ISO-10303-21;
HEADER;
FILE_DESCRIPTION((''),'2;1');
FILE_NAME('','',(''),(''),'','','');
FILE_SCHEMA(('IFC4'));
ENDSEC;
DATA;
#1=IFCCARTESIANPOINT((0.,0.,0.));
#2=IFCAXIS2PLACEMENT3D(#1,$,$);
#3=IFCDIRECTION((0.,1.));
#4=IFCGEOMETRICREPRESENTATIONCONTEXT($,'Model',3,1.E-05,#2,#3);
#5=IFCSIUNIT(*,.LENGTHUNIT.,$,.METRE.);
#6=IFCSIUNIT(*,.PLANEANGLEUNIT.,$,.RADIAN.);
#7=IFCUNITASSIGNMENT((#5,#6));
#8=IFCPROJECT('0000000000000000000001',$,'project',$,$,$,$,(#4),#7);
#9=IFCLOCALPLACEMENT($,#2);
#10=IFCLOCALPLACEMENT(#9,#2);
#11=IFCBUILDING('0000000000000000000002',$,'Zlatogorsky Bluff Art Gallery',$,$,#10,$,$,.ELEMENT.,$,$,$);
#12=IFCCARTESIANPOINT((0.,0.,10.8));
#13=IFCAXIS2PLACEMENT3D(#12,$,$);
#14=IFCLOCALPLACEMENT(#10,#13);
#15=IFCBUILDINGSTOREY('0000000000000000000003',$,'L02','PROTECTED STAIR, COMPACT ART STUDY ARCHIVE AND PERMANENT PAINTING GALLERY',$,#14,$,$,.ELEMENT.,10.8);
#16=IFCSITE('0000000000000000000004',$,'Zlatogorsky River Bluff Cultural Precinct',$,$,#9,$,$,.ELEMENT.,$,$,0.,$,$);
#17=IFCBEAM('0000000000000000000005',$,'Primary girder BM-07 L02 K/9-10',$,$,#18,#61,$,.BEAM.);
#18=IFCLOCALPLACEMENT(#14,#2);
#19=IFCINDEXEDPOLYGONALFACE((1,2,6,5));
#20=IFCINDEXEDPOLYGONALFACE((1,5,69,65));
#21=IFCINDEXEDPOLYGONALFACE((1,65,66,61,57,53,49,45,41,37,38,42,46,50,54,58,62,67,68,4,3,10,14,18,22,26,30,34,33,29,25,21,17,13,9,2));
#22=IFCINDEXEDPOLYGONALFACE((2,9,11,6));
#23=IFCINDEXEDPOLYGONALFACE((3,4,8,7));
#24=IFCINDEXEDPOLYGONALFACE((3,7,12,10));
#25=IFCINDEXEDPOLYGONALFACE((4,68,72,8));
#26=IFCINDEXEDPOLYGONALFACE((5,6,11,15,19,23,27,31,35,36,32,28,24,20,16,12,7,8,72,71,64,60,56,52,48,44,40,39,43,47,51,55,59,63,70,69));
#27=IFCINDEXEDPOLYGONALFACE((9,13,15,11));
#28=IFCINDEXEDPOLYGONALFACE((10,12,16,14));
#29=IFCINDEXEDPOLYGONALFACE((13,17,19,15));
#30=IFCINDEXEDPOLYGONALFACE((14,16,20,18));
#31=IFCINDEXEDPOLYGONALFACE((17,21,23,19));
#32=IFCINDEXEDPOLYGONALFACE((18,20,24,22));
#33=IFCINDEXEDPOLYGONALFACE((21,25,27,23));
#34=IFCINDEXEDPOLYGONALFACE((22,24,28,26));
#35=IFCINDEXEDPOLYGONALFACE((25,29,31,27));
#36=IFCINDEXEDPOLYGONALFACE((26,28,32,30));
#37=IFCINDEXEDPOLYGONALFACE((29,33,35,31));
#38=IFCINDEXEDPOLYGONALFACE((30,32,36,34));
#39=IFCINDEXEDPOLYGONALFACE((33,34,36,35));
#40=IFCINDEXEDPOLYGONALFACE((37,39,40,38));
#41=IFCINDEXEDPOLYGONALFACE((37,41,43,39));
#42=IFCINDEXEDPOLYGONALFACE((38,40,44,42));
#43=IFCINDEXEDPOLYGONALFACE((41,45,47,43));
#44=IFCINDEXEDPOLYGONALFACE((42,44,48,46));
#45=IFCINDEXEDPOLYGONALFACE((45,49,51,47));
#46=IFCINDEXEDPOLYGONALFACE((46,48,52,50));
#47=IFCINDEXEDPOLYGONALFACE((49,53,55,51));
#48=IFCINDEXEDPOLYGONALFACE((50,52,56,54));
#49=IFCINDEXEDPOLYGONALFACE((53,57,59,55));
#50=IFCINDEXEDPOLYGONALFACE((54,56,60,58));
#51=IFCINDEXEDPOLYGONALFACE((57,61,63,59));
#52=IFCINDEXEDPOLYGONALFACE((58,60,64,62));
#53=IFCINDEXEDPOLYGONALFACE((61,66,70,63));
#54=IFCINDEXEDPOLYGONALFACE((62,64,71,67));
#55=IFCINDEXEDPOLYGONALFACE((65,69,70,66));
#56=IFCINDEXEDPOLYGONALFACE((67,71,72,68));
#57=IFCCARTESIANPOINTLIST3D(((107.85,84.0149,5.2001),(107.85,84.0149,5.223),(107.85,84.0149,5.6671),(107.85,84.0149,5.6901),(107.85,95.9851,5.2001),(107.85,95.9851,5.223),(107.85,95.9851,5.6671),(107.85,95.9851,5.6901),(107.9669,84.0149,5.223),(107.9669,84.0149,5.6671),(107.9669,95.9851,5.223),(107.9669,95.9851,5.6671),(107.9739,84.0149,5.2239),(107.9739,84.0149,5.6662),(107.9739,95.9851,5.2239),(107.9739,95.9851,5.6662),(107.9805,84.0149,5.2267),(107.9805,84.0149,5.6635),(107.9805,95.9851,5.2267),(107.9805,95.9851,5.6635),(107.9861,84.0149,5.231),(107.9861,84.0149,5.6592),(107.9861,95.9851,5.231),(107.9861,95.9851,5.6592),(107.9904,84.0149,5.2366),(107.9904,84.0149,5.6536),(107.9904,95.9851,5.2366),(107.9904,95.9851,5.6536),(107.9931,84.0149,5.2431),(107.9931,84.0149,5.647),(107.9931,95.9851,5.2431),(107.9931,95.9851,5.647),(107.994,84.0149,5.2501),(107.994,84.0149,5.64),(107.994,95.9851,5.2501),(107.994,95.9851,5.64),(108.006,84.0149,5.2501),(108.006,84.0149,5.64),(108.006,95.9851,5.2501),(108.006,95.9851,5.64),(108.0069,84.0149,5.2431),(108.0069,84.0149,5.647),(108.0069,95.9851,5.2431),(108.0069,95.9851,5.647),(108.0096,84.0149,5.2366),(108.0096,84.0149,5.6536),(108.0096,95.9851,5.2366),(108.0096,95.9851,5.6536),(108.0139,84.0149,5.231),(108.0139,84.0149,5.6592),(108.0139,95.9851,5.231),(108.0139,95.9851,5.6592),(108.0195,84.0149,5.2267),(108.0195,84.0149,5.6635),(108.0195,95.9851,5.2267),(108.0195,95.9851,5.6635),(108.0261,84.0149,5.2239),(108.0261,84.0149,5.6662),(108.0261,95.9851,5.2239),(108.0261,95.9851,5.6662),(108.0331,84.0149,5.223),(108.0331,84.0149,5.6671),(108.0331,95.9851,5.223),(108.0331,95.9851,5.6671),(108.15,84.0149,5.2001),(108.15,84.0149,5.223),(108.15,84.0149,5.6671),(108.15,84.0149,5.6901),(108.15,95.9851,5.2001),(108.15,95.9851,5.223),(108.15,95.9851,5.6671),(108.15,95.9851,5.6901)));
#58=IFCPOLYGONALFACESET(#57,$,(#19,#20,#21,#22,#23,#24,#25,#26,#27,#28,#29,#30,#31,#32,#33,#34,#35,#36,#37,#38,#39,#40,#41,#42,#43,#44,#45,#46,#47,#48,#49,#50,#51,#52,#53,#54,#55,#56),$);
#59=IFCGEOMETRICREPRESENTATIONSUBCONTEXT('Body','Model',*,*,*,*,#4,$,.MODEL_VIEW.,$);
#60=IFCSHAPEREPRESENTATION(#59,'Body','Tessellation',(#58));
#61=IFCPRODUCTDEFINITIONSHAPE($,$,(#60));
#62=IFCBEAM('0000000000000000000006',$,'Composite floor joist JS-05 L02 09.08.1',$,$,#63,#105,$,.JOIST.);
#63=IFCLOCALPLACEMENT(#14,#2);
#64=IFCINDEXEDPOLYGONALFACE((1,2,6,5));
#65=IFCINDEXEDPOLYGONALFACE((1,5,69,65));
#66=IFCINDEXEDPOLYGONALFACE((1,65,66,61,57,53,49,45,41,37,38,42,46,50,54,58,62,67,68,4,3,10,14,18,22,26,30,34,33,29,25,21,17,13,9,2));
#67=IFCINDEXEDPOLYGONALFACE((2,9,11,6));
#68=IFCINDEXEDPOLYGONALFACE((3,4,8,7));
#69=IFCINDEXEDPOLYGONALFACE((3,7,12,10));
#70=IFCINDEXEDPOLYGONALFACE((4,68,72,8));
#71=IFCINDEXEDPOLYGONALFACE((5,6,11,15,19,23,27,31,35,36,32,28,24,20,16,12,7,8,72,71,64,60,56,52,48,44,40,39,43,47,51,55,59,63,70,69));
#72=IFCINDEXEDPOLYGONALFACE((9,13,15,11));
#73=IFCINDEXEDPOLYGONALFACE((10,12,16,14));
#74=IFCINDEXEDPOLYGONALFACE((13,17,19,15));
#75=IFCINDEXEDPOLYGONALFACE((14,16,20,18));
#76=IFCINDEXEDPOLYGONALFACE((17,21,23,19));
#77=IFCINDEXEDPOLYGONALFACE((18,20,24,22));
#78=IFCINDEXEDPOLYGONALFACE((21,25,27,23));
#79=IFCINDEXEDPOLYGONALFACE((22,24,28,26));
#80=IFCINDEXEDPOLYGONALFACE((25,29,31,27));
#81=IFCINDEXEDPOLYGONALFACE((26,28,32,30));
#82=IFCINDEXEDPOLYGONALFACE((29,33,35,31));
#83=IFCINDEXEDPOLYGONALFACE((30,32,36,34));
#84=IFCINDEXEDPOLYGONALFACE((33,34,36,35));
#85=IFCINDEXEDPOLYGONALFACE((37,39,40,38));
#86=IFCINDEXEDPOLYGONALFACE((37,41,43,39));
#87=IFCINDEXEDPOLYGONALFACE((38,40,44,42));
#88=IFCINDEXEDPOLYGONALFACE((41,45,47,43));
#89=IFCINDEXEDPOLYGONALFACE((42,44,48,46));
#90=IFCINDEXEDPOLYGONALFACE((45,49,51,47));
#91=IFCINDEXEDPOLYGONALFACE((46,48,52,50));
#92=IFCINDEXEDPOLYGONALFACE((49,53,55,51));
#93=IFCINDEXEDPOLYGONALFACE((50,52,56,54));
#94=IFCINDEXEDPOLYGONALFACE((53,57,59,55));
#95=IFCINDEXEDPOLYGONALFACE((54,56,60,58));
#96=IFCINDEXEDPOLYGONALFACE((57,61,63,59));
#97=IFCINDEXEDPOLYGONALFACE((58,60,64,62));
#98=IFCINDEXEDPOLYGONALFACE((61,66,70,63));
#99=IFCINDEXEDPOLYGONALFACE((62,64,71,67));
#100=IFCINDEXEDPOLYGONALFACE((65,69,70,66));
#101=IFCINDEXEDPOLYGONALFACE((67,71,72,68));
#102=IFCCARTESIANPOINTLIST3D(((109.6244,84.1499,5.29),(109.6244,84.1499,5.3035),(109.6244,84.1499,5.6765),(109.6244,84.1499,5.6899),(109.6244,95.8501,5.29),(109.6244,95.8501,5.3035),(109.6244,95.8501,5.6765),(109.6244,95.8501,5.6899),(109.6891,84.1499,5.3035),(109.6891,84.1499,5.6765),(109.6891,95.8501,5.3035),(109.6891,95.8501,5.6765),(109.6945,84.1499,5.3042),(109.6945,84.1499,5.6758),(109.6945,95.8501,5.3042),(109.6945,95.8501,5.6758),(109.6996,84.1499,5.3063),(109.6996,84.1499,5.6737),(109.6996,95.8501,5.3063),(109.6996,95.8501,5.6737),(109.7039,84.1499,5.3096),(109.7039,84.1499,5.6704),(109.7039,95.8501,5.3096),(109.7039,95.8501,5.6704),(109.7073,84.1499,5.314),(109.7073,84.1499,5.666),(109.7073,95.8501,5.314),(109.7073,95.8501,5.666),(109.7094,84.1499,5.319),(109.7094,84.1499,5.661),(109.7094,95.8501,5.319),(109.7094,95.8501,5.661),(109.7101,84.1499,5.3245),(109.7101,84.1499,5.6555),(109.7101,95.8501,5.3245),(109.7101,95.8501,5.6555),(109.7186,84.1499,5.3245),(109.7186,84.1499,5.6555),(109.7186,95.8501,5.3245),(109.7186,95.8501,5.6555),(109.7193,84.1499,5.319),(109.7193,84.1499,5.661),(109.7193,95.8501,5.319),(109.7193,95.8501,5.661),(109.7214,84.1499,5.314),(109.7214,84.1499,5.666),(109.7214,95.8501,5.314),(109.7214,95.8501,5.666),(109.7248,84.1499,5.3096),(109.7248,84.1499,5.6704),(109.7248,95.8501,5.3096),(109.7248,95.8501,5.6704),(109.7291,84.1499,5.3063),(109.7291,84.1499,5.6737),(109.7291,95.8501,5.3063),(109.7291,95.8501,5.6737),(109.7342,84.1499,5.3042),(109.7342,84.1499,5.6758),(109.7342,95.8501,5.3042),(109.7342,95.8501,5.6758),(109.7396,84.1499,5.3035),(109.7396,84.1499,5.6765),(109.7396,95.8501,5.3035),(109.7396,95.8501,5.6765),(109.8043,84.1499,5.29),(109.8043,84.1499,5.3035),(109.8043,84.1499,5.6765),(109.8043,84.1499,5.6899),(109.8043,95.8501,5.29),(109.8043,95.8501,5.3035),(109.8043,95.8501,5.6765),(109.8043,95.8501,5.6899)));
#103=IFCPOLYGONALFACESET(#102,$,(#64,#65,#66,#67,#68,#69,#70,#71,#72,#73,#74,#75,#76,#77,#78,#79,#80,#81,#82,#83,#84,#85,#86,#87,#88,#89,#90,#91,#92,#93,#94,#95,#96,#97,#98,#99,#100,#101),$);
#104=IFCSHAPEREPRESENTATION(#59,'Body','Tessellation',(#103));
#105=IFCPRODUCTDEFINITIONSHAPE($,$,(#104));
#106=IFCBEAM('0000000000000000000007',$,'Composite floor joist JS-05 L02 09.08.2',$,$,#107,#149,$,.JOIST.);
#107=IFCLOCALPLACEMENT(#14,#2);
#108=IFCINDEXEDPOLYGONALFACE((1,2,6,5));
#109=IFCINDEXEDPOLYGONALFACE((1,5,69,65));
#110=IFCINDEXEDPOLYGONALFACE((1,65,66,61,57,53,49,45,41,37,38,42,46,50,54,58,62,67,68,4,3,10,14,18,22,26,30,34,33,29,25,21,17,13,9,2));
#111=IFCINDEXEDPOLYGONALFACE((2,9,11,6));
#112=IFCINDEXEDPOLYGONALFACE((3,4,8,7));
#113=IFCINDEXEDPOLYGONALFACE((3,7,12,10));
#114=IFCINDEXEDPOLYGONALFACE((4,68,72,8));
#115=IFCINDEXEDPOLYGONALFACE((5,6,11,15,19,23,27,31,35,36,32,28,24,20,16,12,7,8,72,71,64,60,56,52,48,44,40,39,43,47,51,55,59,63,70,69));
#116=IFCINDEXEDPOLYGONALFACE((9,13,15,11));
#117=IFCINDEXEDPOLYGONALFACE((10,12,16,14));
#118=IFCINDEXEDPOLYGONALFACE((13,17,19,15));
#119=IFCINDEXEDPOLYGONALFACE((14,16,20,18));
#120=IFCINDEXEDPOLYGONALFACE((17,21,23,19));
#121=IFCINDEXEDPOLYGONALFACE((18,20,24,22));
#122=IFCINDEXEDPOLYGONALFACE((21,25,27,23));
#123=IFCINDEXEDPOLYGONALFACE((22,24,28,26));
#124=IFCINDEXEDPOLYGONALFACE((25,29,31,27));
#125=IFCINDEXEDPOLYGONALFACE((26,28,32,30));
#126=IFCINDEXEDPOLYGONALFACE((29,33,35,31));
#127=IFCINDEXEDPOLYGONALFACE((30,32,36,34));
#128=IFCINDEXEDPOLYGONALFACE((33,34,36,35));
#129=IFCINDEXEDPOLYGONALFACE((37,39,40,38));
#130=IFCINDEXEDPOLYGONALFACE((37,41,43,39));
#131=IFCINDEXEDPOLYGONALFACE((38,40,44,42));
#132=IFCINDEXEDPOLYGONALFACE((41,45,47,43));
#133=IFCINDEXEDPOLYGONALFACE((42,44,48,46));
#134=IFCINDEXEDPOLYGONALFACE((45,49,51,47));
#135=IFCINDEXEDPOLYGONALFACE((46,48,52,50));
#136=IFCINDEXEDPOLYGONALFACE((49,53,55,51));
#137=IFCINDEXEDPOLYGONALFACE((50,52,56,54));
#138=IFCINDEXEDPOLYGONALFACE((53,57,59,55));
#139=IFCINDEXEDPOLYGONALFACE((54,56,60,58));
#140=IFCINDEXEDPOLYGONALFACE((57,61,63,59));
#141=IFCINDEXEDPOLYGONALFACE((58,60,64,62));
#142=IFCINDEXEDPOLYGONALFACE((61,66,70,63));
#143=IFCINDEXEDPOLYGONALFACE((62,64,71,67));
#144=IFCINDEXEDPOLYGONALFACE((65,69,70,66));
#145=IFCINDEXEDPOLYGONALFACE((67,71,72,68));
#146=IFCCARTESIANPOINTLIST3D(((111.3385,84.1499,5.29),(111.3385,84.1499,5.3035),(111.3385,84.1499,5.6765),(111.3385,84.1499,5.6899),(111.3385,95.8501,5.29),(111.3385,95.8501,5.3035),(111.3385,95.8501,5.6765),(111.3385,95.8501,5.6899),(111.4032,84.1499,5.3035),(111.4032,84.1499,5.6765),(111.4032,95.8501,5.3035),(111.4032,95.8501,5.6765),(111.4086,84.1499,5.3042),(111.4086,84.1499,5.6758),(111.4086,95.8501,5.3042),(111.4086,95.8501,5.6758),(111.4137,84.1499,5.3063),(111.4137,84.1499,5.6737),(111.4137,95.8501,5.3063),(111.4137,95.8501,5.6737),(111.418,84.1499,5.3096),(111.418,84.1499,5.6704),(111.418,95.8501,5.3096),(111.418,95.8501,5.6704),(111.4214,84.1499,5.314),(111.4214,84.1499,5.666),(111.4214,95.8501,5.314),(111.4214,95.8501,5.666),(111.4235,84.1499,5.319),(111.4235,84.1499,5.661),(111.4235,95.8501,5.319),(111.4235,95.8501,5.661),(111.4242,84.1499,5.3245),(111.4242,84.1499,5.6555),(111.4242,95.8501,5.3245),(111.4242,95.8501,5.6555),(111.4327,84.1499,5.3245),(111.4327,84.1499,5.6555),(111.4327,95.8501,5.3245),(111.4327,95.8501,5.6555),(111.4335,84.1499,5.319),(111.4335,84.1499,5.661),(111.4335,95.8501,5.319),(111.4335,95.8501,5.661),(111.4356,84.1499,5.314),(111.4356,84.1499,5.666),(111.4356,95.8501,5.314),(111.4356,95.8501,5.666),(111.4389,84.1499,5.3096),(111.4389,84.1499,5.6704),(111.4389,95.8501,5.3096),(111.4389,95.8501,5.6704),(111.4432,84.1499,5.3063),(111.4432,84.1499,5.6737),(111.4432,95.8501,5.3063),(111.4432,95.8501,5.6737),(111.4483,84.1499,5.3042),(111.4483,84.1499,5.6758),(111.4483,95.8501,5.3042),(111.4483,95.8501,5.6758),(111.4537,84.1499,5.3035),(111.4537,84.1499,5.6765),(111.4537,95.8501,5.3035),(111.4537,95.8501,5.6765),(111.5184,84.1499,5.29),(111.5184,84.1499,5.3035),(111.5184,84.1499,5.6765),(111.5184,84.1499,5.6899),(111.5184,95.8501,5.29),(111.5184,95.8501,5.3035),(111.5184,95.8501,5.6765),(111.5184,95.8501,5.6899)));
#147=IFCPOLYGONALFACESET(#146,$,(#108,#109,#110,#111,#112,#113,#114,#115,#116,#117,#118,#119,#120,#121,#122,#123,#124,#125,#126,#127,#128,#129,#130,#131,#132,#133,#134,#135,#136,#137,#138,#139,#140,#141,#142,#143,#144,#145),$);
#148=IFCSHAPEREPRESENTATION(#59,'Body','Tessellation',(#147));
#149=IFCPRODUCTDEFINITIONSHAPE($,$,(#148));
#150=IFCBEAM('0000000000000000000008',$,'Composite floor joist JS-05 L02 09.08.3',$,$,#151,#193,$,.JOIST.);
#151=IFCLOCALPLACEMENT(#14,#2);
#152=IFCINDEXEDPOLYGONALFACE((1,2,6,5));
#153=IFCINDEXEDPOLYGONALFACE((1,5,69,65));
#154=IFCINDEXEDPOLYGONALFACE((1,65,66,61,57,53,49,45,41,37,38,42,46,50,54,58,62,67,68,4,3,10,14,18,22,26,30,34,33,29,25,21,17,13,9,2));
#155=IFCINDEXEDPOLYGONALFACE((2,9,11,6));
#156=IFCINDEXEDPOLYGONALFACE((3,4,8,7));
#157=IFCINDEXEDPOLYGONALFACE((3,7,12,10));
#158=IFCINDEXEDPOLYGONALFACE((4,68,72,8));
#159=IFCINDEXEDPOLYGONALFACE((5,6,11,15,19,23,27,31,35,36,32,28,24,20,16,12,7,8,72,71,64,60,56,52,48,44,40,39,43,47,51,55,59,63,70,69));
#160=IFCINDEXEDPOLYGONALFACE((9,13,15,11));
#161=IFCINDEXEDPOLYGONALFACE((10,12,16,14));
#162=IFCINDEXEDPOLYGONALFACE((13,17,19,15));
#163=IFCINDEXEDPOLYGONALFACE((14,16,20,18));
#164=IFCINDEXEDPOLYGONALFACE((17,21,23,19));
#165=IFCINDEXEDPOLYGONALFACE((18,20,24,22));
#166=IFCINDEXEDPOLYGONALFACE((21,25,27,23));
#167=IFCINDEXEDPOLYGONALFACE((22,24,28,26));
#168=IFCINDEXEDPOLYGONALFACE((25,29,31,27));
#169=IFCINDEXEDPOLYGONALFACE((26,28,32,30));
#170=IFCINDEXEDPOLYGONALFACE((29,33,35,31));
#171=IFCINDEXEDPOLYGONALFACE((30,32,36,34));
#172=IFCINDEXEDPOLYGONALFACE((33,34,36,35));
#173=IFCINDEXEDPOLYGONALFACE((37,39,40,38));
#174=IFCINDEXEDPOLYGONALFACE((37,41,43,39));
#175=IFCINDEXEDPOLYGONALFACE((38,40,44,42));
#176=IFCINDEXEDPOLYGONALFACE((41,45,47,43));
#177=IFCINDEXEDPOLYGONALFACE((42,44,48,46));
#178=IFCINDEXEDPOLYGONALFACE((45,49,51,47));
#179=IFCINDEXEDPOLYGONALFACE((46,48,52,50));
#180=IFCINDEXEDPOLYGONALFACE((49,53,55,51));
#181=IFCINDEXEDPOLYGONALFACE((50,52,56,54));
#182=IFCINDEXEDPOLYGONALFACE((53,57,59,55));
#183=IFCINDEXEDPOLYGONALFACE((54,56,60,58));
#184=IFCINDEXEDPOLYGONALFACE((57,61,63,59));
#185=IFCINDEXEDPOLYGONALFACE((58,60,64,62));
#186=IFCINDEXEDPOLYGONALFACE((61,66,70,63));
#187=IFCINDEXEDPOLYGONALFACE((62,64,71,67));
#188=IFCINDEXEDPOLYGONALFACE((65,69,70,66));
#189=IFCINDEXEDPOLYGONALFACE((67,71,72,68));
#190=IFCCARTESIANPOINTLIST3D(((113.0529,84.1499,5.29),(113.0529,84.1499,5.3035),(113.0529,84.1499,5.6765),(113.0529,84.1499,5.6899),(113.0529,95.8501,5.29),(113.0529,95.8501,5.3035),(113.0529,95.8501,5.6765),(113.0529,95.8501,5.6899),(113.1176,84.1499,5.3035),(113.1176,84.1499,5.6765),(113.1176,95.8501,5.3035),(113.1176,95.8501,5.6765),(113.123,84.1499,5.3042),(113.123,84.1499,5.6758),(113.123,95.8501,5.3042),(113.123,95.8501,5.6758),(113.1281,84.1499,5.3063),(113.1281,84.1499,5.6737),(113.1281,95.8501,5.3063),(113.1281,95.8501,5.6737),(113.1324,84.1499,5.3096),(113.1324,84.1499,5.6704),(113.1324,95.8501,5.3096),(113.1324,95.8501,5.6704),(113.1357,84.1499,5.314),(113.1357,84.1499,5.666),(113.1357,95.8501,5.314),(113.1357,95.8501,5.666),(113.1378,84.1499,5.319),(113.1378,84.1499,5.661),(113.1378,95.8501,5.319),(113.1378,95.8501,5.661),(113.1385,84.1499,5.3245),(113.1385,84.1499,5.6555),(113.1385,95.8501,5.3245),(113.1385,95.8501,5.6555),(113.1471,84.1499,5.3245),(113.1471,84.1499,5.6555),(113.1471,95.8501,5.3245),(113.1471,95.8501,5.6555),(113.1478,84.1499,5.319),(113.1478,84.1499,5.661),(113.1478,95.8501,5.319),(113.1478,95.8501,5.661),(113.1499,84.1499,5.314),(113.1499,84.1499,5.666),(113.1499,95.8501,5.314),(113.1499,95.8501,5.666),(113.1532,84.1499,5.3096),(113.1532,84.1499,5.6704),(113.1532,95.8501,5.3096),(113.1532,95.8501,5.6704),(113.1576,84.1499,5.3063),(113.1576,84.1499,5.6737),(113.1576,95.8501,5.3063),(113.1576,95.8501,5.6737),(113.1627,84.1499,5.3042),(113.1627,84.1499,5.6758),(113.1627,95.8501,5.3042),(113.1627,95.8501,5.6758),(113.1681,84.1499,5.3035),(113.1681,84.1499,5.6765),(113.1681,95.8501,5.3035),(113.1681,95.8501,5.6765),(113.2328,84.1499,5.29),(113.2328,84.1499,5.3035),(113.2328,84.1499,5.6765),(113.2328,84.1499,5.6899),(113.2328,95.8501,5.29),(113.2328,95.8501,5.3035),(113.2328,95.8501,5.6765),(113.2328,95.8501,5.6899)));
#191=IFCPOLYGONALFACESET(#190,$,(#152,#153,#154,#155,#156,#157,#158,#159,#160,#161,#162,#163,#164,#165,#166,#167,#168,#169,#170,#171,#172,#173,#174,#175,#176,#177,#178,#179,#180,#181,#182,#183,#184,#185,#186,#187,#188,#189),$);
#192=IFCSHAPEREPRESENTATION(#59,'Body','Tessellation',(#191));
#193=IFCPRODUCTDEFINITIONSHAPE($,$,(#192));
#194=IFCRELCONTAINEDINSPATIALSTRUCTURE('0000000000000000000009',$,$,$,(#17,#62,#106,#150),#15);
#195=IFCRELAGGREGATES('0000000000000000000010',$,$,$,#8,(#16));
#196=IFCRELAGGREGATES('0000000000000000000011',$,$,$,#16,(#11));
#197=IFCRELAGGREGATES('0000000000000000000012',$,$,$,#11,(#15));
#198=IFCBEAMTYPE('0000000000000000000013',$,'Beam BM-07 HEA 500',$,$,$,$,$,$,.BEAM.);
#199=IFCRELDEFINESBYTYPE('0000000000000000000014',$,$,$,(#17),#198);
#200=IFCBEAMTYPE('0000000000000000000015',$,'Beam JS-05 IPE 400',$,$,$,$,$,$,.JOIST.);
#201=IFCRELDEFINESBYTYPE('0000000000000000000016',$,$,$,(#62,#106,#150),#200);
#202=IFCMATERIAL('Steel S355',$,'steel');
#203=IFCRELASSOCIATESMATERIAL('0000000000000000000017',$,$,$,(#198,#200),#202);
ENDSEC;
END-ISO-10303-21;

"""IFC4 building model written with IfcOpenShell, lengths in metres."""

from ifc_helpers import new_model, si_unit, direction, frame, origin, origin_2d, place, context, subcontext, project, spatial, i_section, extrude, material, material_profile, profile_set, type_object, element, save


model = new_model("IFC4")

# Units and contexts
model_context = context("Model", 3, precision=1e-05, world=origin(), true_north=direction((0.0, 1.0)))
body_context = subcontext(model_context, "Body", "Model", "MODEL_VIEW")
ifc_project = project(units=[si_unit("LENGTHUNIT", "METRE"), si_unit("PLANEANGLEUNIT", "RADIAN")], contexts=[model_context])

# Site, building, storey
site_placement = place(None, origin())
site = spatial("IfcSite", under=ifc_project, at=site_placement, Name="Zlatogorsky River Bluff Cultural Precinct", CompositionType="ELEMENT", RefElevation=0.0)
building_placement = place(site_placement, origin())
building = spatial("IfcBuilding", under=site, at=building_placement, Name="Zlatogorsky Bluff Art Gallery", CompositionType="ELEMENT")
storey_placement = place(building_placement, frame((0.0, 0.0, 10.8)))
storey = spatial("IfcBuildingStorey", under=building, at=storey_placement, Name="L02", Description="PROTECTED STAIR, COMPACT ART STUDY ARCHIVE AND PERMANENT PAINTING GALLERY", CompositionType="ELEMENT", Elevation=10.8)

# Beams
ifc_material_1 = material(Name="Steel S355", Category="steel")
ifc_material_profile_1 = material_profile(ifc_material_1, i_section(OverallWidth=0.3, OverallDepth=0.49, WebThickness=0.012, FlangeThickness=0.0229, FilletRadius=0.0271, at=origin_2d()), Name="HEA 500")
ifc_profile_set_1 = profile_set([ifc_material_profile_1], Name="Steel S355")
beam_type_1 = type_object("IfcBeamType", Name="Beam BM-07 HEA 500", PredefinedType="BEAM", material=ifc_profile_set_1)
beam_placement = place(storey_placement, frame((108.0, 84.0149, 5.4451), z_axis=(0.0, 1.0, 0.0), x_axis=(-1.0, 0.0, 0.0)))
element("IfcBeam", 1, at=beam_placement, inside=storey, type_object=beam_type_1, Name="Primary girder BM-07 L02 K/9-10", PredefinedType="BEAM", context=body_context, shape_type="SweptSolid", body=[
    extrude(i_section(OverallWidth=0.3, OverallDepth=0.49, WebThickness=0.012, FlangeThickness=0.0229, FilletRadius=0.0271, at=origin_2d()), origin(), (0.0, 0.0, 1.0), 11.9702),
])
ifc_material_profile_2 = material_profile(ifc_material_1, i_section(OverallWidth=0.1799, OverallDepth=0.3999, WebThickness=0.0085, FlangeThickness=0.0134, FilletRadius=0.021, at=origin_2d()), Name="IPE 400")
ifc_profile_set_2 = profile_set([ifc_material_profile_2], Name="Steel S355")
beam_type_2 = type_object("IfcBeamType", Name="Beam JS-05 IPE 400", PredefinedType="JOIST", material=ifc_profile_set_2)
for number, where, z_axis, x_axis, name in (
    (2, (109.7144, 84.1499, 5.49), (0.0, 1.0, 0.0), (-1.0, 0.0, 0.0), "Composite floor joist JS-05 L02 09.08.1"),
    (3, (111.4285, 84.1499, 5.49), (0.0, 1.0, 0.0), (-1.0, 0.0, 0.0), "Composite floor joist JS-05 L02 09.08.2"),
    (4, (113.1428, 84.1499, 5.49), (0.0, 1.0, 0.0), (-1.0, 0.0, 0.0), "Composite floor joist JS-05 L02 09.08.3"),
):
    element("IfcBeam", number, at=place(storey_placement, frame(where, z_axis=z_axis, x_axis=x_axis)), inside=storey, type_object=beam_type_2, Name=name, PredefinedType="JOIST", context=body_context, shape_type="SweptSolid", body=[
        extrude(i_section(OverallWidth=0.1799, OverallDepth=0.3999, WebThickness=0.0085, FlangeThickness=0.0134, FilletRadius=0.021, at=origin_2d()), origin(), (0.0, 0.0, 1.0), 11.7002),
    ])

save(model, "model.ifc")
